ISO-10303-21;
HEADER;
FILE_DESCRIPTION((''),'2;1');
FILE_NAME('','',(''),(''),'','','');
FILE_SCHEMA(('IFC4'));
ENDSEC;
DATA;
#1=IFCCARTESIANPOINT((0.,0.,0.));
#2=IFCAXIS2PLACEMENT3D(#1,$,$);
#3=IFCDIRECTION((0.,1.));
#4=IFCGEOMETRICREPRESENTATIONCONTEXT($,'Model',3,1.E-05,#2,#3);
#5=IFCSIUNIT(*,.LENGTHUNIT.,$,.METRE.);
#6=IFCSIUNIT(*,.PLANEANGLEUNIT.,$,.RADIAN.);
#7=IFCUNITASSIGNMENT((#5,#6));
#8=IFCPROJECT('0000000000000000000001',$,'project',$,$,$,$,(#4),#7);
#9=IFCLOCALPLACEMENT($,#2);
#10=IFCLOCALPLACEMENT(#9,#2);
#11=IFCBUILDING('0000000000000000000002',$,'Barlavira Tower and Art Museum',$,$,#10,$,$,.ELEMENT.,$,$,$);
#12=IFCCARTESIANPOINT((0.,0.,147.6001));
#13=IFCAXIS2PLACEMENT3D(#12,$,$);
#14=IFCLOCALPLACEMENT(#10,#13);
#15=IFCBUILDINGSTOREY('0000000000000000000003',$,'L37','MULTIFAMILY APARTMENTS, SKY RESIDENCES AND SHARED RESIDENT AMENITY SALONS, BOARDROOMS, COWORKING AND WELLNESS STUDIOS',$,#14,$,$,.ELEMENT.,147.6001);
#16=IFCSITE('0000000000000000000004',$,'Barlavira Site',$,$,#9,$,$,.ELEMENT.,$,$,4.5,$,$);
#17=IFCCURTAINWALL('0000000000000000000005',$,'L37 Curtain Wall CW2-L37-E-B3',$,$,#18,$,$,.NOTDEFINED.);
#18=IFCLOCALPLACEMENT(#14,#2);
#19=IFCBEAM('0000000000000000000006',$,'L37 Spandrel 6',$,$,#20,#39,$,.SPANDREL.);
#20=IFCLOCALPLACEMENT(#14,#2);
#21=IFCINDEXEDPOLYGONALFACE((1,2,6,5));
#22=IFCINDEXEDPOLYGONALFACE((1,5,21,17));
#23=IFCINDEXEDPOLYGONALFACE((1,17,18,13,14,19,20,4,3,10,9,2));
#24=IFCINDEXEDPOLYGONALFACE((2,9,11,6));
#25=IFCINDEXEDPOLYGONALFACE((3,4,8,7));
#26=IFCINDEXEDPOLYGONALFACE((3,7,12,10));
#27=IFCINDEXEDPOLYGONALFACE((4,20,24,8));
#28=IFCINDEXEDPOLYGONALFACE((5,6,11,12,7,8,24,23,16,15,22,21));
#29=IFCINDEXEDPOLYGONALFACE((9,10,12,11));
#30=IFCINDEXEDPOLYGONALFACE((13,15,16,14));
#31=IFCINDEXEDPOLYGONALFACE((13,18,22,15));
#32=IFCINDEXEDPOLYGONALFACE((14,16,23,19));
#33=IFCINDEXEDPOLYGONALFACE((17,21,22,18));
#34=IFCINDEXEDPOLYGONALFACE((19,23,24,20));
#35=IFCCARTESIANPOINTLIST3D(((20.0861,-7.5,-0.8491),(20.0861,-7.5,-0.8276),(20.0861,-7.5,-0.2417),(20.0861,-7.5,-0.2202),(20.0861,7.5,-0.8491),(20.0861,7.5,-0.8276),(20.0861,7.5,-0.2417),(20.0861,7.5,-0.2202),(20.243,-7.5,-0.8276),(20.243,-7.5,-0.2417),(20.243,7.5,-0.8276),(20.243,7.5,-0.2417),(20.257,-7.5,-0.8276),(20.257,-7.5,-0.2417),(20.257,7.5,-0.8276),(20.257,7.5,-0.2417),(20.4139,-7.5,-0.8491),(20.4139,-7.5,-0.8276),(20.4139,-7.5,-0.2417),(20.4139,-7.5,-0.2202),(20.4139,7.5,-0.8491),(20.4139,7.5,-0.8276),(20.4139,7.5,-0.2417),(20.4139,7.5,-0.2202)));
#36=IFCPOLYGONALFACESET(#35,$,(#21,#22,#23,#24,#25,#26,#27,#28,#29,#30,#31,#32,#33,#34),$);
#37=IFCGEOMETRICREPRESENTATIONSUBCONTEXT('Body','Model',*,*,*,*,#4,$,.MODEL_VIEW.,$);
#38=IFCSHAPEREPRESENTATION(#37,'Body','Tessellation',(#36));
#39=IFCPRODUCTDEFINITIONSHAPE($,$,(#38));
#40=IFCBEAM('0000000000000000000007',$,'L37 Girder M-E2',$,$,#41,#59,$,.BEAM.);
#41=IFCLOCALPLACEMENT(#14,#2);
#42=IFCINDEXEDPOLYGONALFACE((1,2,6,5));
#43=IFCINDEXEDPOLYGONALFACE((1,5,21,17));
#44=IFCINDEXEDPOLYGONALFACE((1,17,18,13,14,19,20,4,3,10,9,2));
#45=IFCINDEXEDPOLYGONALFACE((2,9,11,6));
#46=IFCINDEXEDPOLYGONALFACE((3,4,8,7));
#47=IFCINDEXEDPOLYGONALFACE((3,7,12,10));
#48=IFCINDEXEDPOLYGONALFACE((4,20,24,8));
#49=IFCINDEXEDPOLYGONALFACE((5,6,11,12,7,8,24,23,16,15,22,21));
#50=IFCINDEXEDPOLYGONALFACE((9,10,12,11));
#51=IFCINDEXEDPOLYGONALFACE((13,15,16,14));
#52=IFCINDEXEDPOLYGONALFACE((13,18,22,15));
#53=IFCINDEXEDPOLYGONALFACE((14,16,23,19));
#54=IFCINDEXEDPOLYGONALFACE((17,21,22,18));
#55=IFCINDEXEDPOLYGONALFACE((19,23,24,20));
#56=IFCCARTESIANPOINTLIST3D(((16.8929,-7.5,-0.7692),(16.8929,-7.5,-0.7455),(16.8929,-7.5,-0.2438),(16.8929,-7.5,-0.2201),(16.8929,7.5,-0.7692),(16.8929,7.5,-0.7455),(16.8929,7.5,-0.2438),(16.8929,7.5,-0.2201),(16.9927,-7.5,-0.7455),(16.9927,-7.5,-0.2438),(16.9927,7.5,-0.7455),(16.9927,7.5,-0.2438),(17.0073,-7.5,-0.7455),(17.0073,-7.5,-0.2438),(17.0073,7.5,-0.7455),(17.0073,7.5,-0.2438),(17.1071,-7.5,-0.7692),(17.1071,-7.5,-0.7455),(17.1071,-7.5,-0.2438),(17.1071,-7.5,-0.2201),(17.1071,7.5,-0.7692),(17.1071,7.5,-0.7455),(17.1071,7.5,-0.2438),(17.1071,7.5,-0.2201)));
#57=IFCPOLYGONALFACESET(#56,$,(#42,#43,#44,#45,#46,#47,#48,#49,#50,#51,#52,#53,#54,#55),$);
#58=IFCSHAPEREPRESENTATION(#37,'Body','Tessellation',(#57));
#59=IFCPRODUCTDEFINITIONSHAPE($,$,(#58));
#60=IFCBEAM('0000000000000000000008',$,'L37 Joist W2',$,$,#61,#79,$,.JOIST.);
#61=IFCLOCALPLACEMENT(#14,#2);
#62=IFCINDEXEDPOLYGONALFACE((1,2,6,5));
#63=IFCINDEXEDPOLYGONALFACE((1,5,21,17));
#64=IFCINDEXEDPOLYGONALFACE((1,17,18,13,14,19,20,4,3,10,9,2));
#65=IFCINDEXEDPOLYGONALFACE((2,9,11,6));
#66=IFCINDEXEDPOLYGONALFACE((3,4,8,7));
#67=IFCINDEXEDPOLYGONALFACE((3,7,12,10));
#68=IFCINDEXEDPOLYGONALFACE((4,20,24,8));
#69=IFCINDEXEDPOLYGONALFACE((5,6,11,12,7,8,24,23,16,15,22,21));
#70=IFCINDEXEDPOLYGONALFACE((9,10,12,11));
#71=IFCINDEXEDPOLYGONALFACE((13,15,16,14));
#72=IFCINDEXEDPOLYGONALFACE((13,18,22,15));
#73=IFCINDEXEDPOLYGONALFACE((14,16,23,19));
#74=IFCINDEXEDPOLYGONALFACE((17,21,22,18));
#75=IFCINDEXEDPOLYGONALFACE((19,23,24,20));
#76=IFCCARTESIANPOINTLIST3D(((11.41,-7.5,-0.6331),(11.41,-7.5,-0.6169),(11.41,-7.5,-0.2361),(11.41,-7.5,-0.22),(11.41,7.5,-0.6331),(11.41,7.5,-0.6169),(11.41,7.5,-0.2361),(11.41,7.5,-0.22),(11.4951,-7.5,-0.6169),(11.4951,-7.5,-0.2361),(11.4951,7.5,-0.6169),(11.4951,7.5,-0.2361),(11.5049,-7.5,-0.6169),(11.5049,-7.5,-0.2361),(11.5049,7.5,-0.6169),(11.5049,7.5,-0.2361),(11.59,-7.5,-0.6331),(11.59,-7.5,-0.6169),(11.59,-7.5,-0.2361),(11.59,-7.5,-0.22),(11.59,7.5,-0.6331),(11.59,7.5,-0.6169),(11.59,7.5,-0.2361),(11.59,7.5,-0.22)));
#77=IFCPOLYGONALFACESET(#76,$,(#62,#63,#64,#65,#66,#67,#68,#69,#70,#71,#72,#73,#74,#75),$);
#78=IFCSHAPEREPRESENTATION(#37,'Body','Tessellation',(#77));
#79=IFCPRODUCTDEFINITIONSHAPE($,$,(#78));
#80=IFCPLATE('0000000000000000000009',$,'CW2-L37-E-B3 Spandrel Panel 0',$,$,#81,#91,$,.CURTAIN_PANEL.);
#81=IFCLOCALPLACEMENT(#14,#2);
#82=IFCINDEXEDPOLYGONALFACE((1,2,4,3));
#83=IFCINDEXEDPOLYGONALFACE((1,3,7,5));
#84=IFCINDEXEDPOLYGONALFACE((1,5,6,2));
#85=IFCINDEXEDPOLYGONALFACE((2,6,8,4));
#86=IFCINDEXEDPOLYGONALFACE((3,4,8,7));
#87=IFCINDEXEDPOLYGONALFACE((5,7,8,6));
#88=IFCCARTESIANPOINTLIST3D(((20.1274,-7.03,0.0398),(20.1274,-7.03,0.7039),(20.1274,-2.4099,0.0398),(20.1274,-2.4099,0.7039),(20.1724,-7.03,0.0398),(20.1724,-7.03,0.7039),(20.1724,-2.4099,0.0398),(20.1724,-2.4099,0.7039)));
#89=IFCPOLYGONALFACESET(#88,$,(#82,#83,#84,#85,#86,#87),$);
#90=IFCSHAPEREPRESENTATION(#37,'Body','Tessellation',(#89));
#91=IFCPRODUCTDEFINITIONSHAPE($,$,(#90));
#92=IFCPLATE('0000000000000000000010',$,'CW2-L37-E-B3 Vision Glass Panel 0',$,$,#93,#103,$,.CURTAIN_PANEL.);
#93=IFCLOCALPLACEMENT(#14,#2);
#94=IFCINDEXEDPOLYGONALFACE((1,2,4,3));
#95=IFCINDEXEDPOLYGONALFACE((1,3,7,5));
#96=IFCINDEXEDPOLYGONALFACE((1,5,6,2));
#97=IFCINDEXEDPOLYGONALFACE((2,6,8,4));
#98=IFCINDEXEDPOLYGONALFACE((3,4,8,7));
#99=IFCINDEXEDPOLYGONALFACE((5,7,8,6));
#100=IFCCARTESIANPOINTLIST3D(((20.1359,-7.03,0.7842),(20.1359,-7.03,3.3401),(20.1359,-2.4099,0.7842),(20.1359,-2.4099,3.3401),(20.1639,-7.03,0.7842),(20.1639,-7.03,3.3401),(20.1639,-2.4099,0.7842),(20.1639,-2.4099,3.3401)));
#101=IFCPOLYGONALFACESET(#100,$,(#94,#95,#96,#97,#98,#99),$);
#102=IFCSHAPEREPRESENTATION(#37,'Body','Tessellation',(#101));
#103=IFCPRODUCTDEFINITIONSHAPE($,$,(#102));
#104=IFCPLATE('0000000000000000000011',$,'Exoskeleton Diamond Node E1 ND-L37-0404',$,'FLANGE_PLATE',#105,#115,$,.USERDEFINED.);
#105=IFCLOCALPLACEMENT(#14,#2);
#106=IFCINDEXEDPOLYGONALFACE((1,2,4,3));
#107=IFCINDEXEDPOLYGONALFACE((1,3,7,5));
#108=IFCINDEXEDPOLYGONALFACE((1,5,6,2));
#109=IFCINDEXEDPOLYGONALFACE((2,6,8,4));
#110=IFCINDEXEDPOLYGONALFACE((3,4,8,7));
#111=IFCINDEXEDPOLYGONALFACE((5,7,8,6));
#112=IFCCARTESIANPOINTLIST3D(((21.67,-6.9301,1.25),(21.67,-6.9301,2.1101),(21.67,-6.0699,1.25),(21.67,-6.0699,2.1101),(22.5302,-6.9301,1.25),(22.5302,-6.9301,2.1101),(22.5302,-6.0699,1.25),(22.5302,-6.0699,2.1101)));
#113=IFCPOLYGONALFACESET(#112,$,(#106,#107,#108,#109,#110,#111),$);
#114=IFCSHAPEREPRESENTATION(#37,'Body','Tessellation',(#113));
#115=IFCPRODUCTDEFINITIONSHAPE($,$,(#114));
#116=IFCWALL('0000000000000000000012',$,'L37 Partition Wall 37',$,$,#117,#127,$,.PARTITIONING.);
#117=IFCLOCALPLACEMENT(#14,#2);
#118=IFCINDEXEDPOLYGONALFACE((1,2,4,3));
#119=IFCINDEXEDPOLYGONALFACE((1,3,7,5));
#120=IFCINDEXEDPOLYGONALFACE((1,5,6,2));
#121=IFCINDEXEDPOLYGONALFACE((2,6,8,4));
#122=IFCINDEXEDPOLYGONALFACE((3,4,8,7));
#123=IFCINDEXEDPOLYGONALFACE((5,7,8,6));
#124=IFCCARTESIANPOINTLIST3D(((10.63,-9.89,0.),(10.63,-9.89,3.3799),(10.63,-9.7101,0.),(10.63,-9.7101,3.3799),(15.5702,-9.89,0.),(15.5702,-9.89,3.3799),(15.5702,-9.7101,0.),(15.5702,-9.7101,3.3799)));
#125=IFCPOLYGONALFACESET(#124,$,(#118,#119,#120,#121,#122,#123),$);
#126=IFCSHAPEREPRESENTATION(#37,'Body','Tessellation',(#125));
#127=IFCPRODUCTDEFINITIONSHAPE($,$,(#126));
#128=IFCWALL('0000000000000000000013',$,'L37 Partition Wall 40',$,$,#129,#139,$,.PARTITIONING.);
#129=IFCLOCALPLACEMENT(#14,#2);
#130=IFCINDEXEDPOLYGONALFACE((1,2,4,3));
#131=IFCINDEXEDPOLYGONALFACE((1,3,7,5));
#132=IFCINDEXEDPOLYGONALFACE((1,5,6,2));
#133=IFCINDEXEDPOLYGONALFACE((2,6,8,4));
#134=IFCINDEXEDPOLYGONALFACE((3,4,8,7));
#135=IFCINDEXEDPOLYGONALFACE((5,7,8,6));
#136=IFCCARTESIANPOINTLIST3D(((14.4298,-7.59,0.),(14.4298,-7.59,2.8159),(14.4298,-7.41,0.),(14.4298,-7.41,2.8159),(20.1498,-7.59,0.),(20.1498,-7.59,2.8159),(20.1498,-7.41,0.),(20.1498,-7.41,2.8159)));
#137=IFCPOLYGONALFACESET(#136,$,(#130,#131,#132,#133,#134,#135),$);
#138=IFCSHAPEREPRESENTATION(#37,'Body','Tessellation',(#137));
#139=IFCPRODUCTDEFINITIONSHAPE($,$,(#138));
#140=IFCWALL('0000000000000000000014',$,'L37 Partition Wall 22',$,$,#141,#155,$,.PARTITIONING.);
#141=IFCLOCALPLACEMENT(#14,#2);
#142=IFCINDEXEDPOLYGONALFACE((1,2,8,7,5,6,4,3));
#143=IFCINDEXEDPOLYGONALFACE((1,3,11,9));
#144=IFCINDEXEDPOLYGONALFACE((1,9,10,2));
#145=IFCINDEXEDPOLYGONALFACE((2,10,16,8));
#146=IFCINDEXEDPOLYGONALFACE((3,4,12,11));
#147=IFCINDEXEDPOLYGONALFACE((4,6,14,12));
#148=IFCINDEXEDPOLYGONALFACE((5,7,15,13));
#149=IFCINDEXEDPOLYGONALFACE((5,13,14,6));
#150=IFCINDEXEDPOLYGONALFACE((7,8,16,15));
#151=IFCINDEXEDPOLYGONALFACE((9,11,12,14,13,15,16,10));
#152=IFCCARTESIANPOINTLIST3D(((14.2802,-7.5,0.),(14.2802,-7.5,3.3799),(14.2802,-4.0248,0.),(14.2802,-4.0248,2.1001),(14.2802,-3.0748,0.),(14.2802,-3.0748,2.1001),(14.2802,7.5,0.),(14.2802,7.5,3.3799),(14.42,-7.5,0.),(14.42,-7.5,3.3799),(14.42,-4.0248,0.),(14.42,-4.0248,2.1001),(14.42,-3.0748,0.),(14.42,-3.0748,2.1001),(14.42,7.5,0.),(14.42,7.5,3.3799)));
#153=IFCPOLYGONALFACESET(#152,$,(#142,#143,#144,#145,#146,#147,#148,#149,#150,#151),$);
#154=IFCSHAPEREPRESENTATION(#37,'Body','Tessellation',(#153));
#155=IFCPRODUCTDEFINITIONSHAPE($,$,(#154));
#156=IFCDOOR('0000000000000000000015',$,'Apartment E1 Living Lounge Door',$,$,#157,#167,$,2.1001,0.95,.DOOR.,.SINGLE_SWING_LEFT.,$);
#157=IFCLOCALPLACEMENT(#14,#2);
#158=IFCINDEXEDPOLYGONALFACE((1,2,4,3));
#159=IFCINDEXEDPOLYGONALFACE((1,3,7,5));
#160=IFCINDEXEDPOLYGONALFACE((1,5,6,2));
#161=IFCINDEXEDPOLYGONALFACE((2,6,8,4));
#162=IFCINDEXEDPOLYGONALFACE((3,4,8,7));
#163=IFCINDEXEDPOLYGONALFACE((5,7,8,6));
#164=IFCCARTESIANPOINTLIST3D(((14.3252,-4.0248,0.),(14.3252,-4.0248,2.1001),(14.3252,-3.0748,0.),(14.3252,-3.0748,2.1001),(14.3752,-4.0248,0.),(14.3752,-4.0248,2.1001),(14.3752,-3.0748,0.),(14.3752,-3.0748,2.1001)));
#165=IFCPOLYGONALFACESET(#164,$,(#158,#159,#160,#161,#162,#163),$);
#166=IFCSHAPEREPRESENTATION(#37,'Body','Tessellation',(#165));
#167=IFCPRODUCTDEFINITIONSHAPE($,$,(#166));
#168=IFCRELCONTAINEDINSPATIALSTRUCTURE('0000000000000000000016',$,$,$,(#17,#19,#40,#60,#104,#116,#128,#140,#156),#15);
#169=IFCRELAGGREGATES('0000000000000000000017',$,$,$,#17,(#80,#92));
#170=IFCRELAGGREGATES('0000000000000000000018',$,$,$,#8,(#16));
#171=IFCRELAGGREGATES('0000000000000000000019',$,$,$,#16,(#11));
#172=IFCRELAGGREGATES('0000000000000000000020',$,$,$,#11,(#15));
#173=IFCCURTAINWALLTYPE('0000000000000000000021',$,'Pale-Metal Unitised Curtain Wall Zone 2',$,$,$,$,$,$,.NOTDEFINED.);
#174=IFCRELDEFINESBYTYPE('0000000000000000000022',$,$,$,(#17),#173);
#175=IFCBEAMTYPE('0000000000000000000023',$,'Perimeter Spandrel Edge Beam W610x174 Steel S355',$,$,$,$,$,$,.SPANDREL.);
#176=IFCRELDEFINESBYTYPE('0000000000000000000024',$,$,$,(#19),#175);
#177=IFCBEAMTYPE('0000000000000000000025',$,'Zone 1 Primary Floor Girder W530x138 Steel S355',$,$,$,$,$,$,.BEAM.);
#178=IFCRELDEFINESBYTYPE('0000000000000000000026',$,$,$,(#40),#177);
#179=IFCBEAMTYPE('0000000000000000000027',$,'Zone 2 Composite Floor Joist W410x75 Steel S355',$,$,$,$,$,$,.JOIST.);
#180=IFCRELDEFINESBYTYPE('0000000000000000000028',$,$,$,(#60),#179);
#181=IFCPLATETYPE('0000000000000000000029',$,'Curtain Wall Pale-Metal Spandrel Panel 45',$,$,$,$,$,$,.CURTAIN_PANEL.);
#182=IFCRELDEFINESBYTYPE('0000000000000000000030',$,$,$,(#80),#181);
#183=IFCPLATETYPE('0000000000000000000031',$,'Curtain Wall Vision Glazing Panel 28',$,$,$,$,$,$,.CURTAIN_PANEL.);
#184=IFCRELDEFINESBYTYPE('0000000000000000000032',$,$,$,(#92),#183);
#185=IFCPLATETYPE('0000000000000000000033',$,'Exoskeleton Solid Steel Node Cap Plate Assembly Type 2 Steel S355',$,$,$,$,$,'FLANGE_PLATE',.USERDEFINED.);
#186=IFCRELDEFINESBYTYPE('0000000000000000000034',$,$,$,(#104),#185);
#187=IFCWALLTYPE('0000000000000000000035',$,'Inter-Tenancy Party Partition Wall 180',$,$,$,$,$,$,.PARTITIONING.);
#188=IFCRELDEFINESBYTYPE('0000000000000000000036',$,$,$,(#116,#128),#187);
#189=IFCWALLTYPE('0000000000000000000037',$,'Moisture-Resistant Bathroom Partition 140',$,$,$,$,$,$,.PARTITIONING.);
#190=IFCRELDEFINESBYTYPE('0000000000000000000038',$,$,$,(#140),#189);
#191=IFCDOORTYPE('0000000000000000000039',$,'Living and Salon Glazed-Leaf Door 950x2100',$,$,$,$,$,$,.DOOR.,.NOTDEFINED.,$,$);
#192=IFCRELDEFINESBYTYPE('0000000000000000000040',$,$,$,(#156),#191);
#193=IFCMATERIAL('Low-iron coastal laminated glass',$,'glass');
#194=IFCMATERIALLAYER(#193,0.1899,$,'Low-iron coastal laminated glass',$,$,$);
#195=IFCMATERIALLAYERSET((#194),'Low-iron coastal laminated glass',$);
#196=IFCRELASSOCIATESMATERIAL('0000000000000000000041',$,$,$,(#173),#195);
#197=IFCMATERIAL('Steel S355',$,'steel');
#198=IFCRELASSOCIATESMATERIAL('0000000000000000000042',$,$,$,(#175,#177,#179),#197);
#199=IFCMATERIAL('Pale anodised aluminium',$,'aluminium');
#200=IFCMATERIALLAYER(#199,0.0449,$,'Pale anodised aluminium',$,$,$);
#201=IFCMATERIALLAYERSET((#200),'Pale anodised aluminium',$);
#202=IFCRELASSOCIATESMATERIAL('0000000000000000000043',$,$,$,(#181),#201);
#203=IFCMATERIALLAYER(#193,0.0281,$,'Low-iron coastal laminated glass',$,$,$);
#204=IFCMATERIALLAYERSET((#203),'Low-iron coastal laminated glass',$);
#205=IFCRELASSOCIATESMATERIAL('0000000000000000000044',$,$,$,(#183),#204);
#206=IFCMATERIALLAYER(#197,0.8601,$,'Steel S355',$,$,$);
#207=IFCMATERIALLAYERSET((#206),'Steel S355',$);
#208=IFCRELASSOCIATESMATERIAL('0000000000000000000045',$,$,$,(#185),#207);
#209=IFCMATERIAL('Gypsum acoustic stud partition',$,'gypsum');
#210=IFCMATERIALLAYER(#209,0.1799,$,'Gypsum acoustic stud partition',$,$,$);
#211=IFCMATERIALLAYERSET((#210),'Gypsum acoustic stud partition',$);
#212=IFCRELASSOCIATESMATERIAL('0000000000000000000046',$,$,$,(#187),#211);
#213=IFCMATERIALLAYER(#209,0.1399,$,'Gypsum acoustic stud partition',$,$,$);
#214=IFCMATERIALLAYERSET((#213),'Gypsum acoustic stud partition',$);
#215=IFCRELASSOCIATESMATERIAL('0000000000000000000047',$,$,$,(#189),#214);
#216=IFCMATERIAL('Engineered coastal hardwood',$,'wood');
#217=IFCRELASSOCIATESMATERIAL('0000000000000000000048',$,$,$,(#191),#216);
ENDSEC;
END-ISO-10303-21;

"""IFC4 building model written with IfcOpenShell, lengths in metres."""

from ifc_helpers import new_model, si_unit, direction, frame, frame_2d, origin, origin_2d, place, context, subcontext, project, spatial, rectangle, i_section, extrude, material, layer, layer_set, material_profile, profile_set, type_object, element, fill, aggregate, save


model = new_model("IFC4")

# Units and contexts
model_context = context("Model", 3, precision=1e-05, world=origin(), true_north=direction((0.0, 1.0)))
body_context = subcontext(model_context, "Body", "Model", "MODEL_VIEW")
ifc_project = project(units=[si_unit("LENGTHUNIT", "METRE"), si_unit("PLANEANGLEUNIT", "RADIAN")], contexts=[model_context])

# Site, building, storey
site_placement = place(None, origin())
site = spatial("IfcSite", under=ifc_project, at=site_placement, Name="Barlavira Site", CompositionType="ELEMENT", RefElevation=4.5)
building_placement = place(site_placement, origin())
building = spatial("IfcBuilding", under=site, at=building_placement, Name="Barlavira Tower and Art Museum", CompositionType="ELEMENT")
storey_placement = place(building_placement, frame((0.0, 0.0, 147.6001)))
storey = spatial("IfcBuildingStorey", under=building, at=storey_placement, Name="L37", Description="MULTIFAMILY APARTMENTS, SKY RESIDENCES AND SHARED RESIDENT AMENITY SALONS, BOARDROOMS, COWORKING AND WELLNESS STUDIOS", CompositionType="ELEMENT", Elevation=147.6001)

# Curtain wall
ifc_material_1 = material(Name="Low-iron coastal laminated glass", Category="glass")
ifc_layer_1 = layer(ifc_material_1, 0.1899, Name="Low-iron coastal laminated glass")
ifc_layer_set_1 = layer_set([ifc_layer_1], Name="Low-iron coastal laminated glass")
curtain_wall_type = type_object("IfcCurtainWallType", Name="Pale-Metal Unitised Curtain Wall Zone 2", PredefinedType="NOTDEFINED", material=ifc_layer_set_1)
curtain_wall_placement = place(storey_placement, origin())
curtain_wall = element("IfcCurtainWall", 1, at=curtain_wall_placement, inside=storey, type_object=curtain_wall_type, Name="L37 Curtain Wall CW2-L37-E-B3", PredefinedType="NOTDEFINED")
ifc_material_2 = material(Name="Pale anodised aluminium", Category="aluminium")

# Beams
ifc_material_3 = material(Name="Steel S355", Category="steel")
ifc_material_profile_1 = material_profile(ifc_material_3, i_section(OverallWidth=0.3279, OverallDepth=0.6289, WebThickness=0.0139, FlangeThickness=0.0215, at=origin_2d()), Name="W610x174.0")
ifc_profile_set_1 = profile_set([ifc_material_profile_1], Name="Steel S355")
beam_type_1 = type_object("IfcBeamType", Name="Perimeter Spandrel Edge Beam W610x174 Steel S355", PredefinedType="SPANDREL", material=ifc_profile_set_1)
beam_1_placement = place(storey_placement, frame((20.25, -7.5, -0.5347), z_axis=(0.0, 1.0, 0.0), x_axis=(-1.0, 0.0, 0.0)))
element("IfcBeam", 2, at=beam_1_placement, inside=storey, type_object=beam_type_1, Name="L37 Spandrel 6", PredefinedType="SPANDREL", context=body_context, shape_type="SweptSolid", body=[
    extrude(i_section(OverallWidth=0.3279, OverallDepth=0.6289, WebThickness=0.0139, FlangeThickness=0.0215, at=origin_2d()), origin(), (0.0, 0.0, 1.0), 15.0),
])
ifc_material_profile_2 = material_profile(ifc_material_3, i_section(OverallWidth=0.2141, OverallDepth=0.5491, WebThickness=0.0146, FlangeThickness=0.0237, at=origin_2d()), Name="W530x138.0")
ifc_profile_set_2 = profile_set([ifc_material_profile_2], Name="Steel S355")
beam_type_2 = type_object("IfcBeamType", Name="Zone 1 Primary Floor Girder W530x138 Steel S355", PredefinedType="BEAM", material=ifc_profile_set_2)
beam_2_placement = place(storey_placement, frame((17.0, -7.5, -0.4946), z_axis=(0.0, 1.0, 0.0), x_axis=(-1.0, 0.0, 0.0)))
element("IfcBeam", 3, at=beam_2_placement, inside=storey, type_object=beam_type_2, Name="L37 Girder M-E2", PredefinedType="BEAM", context=body_context, shape_type="SweptSolid", body=[
    extrude(i_section(OverallWidth=0.2141, OverallDepth=0.5491, WebThickness=0.0146, FlangeThickness=0.0237, at=origin_2d()), origin(), (0.0, 0.0, 1.0), 15.0),
])
ifc_material_profile_3 = material_profile(ifc_material_3, i_section(OverallWidth=0.1799, OverallDepth=0.4131, WebThickness=0.0098, FlangeThickness=0.0161, at=origin_2d()), Name="W410x75.0")
ifc_profile_set_3 = profile_set([ifc_material_profile_3], Name="Steel S355")
beam_type_3 = type_object("IfcBeamType", Name="Zone 2 Composite Floor Joist W410x75 Steel S355", PredefinedType="JOIST", material=ifc_profile_set_3)
beam_3_placement = place(storey_placement, frame((11.5, -7.5, -0.4265), z_axis=(0.0, 1.0, 0.0), x_axis=(-1.0, 0.0, 0.0)))
element("IfcBeam", 4, at=beam_3_placement, inside=storey, type_object=beam_type_3, Name="L37 Joist W2", PredefinedType="JOIST", context=body_context, shape_type="SweptSolid", body=[
    extrude(i_section(OverallWidth=0.1799, OverallDepth=0.4131, WebThickness=0.0098, FlangeThickness=0.0161, at=origin_2d()), origin(), (0.0, 0.0, 1.0), 15.0),
])

# Plates
ifc_layer_2 = layer(ifc_material_2, 0.0449, Name="Pale anodised aluminium")
ifc_layer_set_2 = layer_set([ifc_layer_2], Name="Pale anodised aluminium")
plate_type_1 = type_object("IfcPlateType", Name="Curtain Wall Pale-Metal Spandrel Panel 45", PredefinedType="CURTAIN_PANEL", material=ifc_layer_set_2)
plate_1_placement = place(storey_placement, frame((20.1499, -4.72, 0.0398), z_axis=(0.0, 0.0, 1.0), x_axis=(0.0, 1.0, 0.0)))
plate_1 = element("IfcPlate", 5, at=plate_1_placement, type_object=plate_type_1, Name="CW2-L37-E-B3 Spandrel Panel 0", PredefinedType="CURTAIN_PANEL", context=body_context, shape_type="SweptSolid", body=[
    extrude(rectangle(XDim=4.6201, YDim=0.0449, at=origin_2d()), origin(), (0.0, 0.0, 1.0), 0.6641),
])
ifc_layer_3 = layer(ifc_material_1, 0.0281, Name="Low-iron coastal laminated glass")
ifc_layer_set_3 = layer_set([ifc_layer_3], Name="Low-iron coastal laminated glass")
plate_type_2 = type_object("IfcPlateType", Name="Curtain Wall Vision Glazing Panel 28", PredefinedType="CURTAIN_PANEL", material=ifc_layer_set_3)
plate_2_placement = place(storey_placement, frame((20.1499, -4.72, 0.7842), z_axis=(0.0, 0.0, 1.0), x_axis=(0.0, 1.0, 0.0)))
plate_2 = element("IfcPlate", 6, at=plate_2_placement, type_object=plate_type_2, Name="CW2-L37-E-B3 Vision Glass Panel 0", PredefinedType="CURTAIN_PANEL", context=body_context, shape_type="SweptSolid", body=[
    extrude(rectangle(XDim=4.6201, YDim=0.0281, at=origin_2d()), origin(), (0.0, 0.0, 1.0), 2.5559),
])
aggregate(curtain_wall, [plate_1, plate_2])
ifc_layer_4 = layer(ifc_material_3, 0.8601, Name="Steel S355")
ifc_layer_set_4 = layer_set([ifc_layer_4], Name="Steel S355")
plate_type_3 = type_object("IfcPlateType", Name="Exoskeleton Solid Steel Node Cap Plate Assembly Type 2 Steel S355", ElementType="FLANGE_PLATE", PredefinedType="USERDEFINED", material=ifc_layer_set_4)
plate_3_placement = place(storey_placement, frame((22.1001, -6.5, 1.25), z_axis=(0.0, 0.0, 1.0), x_axis=(1.0, 0.0, 0.0)))
element("IfcPlate", 7, at=plate_3_placement, inside=storey, type_object=plate_type_3, Name="Exoskeleton Diamond Node E1 ND-L37-0404", ObjectType="FLANGE_PLATE", PredefinedType="USERDEFINED", context=body_context, shape_type="SweptSolid", body=[
    extrude(rectangle(XDim=0.8601, YDim=0.8601, at=origin_2d()), origin(), (0.0, 0.0, 1.0), 0.8601),
])

# Walls
ifc_material_4 = material(Name="Gypsum acoustic stud partition", Category="gypsum")
ifc_layer_5 = layer(ifc_material_4, 0.1799, Name="Gypsum acoustic stud partition")
ifc_layer_set_5 = layer_set([ifc_layer_5], Name="Gypsum acoustic stud partition")
wall_type_1 = type_object("IfcWallType", Name="Inter-Tenancy Party Partition Wall 180", PredefinedType="PARTITIONING", material=ifc_layer_set_5)
wall_1_placement = place(storey_placement, frame((10.6299, -9.8, 0.0), z_axis=(0.0, 0.0, 1.0), x_axis=(1.0, 0.0, 0.0)))
element("IfcWall", 8, at=wall_1_placement, inside=storey, type_object=wall_type_1, Name="L37 Partition Wall 37", PredefinedType="PARTITIONING", context=body_context, shape_type="SweptSolid", body=[
    extrude(rectangle(XDim=4.9402, YDim=0.1799, at=frame_2d((2.4702, 0.0))), origin(), (0.0, 0.0, 1.0), 3.3799),
])
wall_2_placement = place(storey_placement, frame((14.4299, -7.5, 0.0), z_axis=(0.0, 0.0, 1.0), x_axis=(1.0, 0.0, 0.0)))
element("IfcWall", 9, at=wall_2_placement, inside=storey, type_object=wall_type_1, Name="L37 Partition Wall 40", PredefinedType="PARTITIONING", context=body_context, shape_type="SweptSolid", body=[
    extrude(rectangle(XDim=5.72, YDim=0.1799, at=frame_2d((2.8599, 0.0))), origin(), (0.0, 0.0, 1.0), 2.8159),
])

# Wall, opening, door
ifc_layer_6 = layer(ifc_material_4, 0.1399, Name="Gypsum acoustic stud partition")
ifc_layer_set_6 = layer_set([ifc_layer_6], Name="Gypsum acoustic stud partition")
wall_type_2 = type_object("IfcWallType", Name="Moisture-Resistant Bathroom Partition 140", PredefinedType="PARTITIONING", material=ifc_layer_set_6)
wall_3_placement = place(storey_placement, frame((14.3501, -7.5, 0.0), z_axis=(0.0, 0.0, 1.0), x_axis=(0.0, 1.0, 0.0)))
wall_3 = element("IfcWall", 10, at=wall_3_placement, inside=storey, type_object=wall_type_2, Name="L37 Partition Wall 22", PredefinedType="PARTITIONING", context=body_context, shape_type="SweptSolid", body=[
    extrude(rectangle(XDim=15.0, YDim=0.1399, at=frame_2d((7.5, 0.0))), origin(), (0.0, 0.0, 1.0), 3.3799),
])
opening_placement = place(wall_3_placement, frame((3.4751, 0.0, 0.0)))
opening = element("IfcOpeningElement", 11, at=opening_placement, cuts=wall_3, PredefinedType="OPENING", context=body_context, shape_type="SweptSolid", body=[
    extrude(rectangle(XDim=0.95, YDim=2.1001, at=frame_2d((0.4751, 1.05))), frame((0.0, 0.0801, 0.0), z_axis=(0.0, -1.0, 0.0), x_axis=(1.0, 0.0, 0.0)), (0.0, 0.0, 1.0), 0.1599),
])
ifc_material_5 = material(Name="Engineered coastal hardwood", Category="wood")
door_type = type_object("IfcDoorType", Name="Living and Salon Glazed-Leaf Door 950x2100", OperationType="NOTDEFINED", PredefinedType="DOOR", material=ifc_material_5)
door_placement = place(opening_placement, origin())
door = element("IfcDoor", 12, at=door_placement, inside=storey, type_object=door_type, Name="Apartment E1 Living Lounge Door", OperationType="SINGLE_SWING_LEFT", OverallHeight=2.1001, OverallWidth=0.95, PredefinedType="DOOR", context=body_context, shape_type="SweptSolid", body=[
    extrude(rectangle(XDim=0.95, YDim=2.1001, at=frame_2d((0.4751, 1.05))), frame((0.0, 0.0249, 0.0), z_axis=(0.0, -1.0, 0.0), x_axis=(1.0, 0.0, 0.0)), (0.0, 0.0, 1.0), 0.05),
])
fill(opening, door)

save(model, "model.ifc")
